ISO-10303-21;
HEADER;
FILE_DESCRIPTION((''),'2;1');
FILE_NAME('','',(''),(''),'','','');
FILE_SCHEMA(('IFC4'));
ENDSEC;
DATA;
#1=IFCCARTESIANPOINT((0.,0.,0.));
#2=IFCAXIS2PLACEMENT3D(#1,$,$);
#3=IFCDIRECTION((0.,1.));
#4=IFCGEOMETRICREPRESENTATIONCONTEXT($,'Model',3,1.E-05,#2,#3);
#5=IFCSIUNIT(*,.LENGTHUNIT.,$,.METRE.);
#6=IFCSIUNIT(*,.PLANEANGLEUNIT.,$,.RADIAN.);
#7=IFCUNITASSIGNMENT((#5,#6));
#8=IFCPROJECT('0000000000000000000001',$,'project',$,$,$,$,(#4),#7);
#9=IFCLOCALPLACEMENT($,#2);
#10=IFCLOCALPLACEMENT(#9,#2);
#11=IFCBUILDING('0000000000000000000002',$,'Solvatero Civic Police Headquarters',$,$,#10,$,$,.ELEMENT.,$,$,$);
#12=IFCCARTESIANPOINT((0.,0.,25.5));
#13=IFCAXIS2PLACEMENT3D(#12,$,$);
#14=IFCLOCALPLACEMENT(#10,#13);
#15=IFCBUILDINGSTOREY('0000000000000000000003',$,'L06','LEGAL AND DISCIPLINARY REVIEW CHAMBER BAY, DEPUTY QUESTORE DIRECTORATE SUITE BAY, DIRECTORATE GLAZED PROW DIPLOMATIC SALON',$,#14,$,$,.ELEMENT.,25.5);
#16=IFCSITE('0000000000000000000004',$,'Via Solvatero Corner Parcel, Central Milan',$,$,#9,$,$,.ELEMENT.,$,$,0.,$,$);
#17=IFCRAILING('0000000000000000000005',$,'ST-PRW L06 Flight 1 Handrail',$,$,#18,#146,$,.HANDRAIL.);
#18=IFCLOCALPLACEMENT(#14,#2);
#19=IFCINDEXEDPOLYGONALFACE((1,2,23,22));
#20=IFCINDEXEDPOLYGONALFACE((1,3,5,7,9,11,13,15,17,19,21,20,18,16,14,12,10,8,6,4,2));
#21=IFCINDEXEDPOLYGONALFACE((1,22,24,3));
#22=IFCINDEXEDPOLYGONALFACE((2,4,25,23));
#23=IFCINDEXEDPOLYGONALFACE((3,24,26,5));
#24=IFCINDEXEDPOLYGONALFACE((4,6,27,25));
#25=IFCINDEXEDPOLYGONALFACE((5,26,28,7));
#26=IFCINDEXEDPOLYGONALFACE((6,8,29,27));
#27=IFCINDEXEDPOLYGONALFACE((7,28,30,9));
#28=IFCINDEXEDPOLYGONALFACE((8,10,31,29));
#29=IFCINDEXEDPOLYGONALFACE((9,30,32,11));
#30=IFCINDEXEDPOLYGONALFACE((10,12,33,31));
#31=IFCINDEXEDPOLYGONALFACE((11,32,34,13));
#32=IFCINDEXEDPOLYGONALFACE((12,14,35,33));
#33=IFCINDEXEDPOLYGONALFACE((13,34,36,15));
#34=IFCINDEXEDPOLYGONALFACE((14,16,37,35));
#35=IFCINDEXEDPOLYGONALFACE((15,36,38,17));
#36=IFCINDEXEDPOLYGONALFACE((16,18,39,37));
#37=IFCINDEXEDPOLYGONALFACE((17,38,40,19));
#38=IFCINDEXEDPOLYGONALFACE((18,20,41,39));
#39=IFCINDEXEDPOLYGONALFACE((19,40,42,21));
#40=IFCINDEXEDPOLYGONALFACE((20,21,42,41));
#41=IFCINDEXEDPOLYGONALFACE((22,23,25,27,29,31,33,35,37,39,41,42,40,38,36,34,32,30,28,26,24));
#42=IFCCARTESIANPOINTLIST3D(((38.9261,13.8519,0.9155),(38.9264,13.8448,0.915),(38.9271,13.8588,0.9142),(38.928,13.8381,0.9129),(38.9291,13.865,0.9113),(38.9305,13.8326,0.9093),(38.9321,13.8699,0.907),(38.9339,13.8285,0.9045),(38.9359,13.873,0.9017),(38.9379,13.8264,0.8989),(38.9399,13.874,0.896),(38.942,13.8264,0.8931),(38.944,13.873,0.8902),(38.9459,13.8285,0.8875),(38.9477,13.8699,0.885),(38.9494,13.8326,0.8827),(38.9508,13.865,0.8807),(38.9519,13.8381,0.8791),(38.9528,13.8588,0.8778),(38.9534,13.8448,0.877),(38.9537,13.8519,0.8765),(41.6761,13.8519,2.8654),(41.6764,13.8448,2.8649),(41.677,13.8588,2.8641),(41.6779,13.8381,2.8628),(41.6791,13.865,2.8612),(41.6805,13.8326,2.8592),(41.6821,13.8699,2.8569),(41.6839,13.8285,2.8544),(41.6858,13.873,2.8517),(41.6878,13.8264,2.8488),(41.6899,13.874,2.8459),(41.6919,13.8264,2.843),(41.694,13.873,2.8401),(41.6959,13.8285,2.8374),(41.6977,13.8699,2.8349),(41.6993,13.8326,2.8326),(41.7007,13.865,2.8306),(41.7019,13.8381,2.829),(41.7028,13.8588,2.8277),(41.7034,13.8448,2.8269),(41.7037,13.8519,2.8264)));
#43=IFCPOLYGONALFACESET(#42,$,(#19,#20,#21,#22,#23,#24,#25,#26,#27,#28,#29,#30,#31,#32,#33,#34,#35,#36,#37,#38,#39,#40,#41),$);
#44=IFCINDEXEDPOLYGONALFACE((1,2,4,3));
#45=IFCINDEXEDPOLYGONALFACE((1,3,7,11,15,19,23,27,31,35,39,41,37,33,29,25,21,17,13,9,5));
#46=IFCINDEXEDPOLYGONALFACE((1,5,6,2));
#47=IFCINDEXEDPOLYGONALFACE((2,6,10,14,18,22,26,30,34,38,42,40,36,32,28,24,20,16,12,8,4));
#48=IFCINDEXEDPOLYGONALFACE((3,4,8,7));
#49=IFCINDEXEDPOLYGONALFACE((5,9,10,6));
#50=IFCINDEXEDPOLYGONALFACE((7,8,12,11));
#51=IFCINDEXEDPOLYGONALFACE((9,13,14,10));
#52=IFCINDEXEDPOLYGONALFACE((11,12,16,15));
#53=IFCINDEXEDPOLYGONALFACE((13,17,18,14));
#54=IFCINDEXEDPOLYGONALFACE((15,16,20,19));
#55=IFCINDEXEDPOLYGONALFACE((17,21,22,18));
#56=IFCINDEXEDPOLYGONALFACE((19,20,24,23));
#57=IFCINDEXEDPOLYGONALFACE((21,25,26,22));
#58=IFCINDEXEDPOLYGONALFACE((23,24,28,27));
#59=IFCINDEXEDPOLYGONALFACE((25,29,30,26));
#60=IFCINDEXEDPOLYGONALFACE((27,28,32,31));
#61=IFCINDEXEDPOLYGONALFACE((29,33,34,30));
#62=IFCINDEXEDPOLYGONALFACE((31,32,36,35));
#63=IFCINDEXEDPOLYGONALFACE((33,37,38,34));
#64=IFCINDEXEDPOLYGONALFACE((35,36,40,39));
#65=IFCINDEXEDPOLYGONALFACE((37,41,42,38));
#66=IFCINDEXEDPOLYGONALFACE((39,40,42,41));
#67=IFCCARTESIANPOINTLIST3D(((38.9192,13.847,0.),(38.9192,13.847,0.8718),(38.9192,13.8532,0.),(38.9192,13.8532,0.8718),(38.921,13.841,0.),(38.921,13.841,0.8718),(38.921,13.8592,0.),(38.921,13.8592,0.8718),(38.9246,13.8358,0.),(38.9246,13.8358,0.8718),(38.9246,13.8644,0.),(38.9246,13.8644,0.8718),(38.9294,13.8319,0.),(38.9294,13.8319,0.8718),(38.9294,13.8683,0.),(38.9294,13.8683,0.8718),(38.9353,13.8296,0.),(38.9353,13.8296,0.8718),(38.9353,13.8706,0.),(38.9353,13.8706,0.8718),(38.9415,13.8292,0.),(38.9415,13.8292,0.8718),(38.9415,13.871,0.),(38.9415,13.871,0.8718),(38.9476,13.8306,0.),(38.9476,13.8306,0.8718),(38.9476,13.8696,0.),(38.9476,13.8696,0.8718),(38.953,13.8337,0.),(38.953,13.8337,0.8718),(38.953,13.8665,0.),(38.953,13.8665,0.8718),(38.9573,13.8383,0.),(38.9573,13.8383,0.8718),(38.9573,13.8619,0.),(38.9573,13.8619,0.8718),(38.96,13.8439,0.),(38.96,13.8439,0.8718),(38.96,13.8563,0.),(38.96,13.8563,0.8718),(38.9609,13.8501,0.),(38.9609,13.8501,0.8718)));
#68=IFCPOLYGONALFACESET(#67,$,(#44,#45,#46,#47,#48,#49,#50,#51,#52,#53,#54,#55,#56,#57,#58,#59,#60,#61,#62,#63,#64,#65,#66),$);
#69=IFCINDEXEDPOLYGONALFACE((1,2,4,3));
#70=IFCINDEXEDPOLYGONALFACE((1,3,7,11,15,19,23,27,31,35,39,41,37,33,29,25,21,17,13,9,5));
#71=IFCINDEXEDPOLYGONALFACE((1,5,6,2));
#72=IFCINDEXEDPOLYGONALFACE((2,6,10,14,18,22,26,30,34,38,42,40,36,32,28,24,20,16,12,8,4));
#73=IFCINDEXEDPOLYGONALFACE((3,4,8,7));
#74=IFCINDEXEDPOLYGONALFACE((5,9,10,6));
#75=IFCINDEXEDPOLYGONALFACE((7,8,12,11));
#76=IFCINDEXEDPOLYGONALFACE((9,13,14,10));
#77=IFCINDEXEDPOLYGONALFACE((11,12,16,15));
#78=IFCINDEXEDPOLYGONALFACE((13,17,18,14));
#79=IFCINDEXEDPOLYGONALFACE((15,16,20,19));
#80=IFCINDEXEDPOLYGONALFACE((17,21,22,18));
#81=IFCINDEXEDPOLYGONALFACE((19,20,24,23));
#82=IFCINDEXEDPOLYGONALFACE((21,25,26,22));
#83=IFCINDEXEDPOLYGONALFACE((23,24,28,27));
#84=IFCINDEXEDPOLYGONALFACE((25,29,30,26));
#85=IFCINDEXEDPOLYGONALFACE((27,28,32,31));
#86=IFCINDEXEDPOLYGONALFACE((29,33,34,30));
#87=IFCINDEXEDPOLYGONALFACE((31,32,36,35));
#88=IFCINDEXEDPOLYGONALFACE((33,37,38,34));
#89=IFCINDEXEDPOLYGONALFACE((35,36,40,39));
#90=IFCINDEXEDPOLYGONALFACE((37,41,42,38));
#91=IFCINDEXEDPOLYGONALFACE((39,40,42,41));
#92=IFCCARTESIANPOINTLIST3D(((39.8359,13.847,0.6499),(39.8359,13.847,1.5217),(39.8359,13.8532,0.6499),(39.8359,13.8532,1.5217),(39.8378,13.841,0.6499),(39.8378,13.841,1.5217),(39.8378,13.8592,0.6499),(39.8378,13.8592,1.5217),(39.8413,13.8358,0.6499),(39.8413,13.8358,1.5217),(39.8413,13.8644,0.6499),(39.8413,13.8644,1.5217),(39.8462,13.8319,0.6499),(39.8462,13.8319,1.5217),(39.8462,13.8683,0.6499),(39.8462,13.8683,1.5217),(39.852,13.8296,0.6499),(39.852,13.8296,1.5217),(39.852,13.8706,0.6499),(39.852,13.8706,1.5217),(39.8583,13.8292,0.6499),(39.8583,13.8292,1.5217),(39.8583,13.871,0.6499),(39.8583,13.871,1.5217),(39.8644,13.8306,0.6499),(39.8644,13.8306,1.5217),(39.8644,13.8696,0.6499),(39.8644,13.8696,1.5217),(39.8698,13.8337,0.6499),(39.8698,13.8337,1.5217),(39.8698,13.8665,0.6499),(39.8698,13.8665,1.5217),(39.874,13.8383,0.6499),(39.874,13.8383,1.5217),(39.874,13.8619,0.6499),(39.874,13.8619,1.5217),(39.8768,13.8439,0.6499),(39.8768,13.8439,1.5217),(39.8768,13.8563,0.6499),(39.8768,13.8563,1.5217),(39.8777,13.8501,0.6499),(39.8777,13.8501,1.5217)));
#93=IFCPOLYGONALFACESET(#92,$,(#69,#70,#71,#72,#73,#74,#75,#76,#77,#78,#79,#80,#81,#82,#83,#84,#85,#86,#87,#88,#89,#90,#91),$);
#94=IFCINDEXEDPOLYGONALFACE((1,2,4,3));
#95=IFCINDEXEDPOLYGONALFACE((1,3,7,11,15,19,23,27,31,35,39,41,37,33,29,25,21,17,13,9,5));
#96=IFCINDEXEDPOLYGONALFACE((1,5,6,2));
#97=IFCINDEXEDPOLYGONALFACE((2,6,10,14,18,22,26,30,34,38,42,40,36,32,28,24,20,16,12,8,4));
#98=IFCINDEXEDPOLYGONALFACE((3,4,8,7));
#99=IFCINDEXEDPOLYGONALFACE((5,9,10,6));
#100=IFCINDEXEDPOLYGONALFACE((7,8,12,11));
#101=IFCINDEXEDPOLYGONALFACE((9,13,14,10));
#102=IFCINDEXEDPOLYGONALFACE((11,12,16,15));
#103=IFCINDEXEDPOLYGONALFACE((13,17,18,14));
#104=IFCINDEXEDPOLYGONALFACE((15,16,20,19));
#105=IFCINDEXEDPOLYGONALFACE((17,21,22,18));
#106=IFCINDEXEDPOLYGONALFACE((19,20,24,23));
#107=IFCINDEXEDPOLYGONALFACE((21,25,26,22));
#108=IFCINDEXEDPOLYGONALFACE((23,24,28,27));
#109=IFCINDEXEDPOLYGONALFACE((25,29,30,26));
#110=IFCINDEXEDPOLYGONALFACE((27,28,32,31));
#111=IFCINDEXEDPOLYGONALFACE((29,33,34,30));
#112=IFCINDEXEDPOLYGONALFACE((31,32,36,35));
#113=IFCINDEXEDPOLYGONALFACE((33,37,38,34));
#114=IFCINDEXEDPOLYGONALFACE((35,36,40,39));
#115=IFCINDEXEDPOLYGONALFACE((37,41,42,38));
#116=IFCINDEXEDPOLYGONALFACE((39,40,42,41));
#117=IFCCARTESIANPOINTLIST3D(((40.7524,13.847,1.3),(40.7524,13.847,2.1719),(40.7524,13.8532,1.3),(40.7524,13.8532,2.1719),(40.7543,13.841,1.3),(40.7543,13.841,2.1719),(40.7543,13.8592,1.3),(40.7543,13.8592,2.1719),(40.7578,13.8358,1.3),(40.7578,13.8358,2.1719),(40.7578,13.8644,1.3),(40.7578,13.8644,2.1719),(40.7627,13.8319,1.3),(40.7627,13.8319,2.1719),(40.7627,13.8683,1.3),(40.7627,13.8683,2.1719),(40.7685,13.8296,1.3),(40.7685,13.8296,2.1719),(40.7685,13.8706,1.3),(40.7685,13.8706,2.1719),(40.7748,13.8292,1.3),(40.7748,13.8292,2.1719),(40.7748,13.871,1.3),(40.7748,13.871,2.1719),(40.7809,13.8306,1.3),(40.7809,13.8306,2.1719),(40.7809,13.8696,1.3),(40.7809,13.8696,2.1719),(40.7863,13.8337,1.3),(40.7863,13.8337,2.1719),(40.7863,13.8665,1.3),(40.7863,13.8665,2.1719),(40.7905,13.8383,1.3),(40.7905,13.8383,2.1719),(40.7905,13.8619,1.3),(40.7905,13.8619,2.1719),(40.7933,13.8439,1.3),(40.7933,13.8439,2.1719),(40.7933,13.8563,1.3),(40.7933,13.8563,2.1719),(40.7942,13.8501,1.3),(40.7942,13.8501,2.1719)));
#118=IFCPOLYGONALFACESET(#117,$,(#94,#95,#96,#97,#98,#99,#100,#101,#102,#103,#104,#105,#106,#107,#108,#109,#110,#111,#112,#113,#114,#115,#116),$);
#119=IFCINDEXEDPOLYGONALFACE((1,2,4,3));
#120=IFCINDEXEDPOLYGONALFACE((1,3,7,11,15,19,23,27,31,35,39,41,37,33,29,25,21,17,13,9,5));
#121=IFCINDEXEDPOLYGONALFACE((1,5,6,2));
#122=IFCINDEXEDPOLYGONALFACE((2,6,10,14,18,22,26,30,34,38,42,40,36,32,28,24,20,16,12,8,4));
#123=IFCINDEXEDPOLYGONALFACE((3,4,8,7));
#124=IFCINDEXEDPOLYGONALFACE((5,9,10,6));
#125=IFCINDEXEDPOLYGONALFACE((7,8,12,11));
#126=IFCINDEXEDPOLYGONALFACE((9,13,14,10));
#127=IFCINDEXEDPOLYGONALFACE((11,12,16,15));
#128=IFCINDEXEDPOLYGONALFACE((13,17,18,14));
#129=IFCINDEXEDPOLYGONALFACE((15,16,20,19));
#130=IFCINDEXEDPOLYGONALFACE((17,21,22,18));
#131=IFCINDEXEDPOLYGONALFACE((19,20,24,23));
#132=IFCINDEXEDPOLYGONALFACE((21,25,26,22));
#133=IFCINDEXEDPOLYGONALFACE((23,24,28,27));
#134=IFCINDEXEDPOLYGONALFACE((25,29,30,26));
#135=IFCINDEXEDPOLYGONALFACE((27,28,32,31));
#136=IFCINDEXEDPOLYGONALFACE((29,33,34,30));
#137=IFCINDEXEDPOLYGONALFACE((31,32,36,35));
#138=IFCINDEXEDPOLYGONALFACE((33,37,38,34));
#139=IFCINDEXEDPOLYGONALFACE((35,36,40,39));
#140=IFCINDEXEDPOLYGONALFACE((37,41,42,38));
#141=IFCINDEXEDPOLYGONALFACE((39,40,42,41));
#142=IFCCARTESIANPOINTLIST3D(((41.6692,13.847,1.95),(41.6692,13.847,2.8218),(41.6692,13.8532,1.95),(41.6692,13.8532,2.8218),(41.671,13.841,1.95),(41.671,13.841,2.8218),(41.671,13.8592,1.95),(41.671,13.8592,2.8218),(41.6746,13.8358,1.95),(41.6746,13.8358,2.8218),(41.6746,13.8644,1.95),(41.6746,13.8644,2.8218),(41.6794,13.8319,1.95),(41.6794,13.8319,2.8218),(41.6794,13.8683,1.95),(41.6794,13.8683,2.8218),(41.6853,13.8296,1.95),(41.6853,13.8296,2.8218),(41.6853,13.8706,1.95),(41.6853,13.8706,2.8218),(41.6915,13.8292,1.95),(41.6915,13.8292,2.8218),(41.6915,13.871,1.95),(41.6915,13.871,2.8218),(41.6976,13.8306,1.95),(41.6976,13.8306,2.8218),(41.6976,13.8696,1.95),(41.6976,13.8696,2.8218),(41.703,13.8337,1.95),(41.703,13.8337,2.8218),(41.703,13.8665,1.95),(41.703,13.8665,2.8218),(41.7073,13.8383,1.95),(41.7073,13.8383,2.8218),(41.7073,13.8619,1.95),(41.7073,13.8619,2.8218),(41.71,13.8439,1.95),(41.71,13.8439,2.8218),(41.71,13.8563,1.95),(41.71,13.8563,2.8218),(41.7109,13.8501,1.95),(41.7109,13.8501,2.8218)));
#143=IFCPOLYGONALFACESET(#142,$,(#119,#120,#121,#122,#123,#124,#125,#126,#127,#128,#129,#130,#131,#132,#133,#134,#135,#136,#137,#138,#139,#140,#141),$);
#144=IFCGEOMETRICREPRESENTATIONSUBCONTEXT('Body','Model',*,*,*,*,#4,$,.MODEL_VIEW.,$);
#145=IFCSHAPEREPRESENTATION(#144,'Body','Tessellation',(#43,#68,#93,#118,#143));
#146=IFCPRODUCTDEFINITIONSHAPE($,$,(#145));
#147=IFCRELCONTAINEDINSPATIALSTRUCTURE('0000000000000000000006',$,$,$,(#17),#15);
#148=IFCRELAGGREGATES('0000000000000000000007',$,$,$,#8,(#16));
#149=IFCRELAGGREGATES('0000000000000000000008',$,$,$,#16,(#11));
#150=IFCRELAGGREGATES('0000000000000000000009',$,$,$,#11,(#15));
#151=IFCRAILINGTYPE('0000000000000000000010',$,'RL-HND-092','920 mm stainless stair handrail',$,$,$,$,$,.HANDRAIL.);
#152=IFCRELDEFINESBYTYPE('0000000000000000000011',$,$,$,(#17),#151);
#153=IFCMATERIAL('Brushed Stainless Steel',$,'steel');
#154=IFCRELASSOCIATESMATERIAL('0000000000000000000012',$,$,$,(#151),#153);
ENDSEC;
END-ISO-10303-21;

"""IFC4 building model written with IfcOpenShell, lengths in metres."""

from ifc_helpers import new_model, si_unit, direction, frame, origin, origin_2d, place, context, subcontext, project, spatial, circle, extrude, material, type_object, element, save


model = new_model("IFC4")

# Units and contexts
model_context = context("Model", 3, precision=1e-05, world=origin(), true_north=direction((0.0, 1.0)))
body_context = subcontext(model_context, "Body", "Model", "MODEL_VIEW")
ifc_project = project(units=[si_unit("LENGTHUNIT", "METRE"), si_unit("PLANEANGLEUNIT", "RADIAN")], contexts=[model_context])

# Site, building, storey
site_placement = place(None, origin())
site = spatial("IfcSite", under=ifc_project, at=site_placement, Name="Via Solvatero Corner Parcel, Central Milan", CompositionType="ELEMENT", RefElevation=0.0)
building_placement = place(site_placement, origin())
building = spatial("IfcBuilding", under=site, at=building_placement, Name="Solvatero Civic Police Headquarters", CompositionType="ELEMENT")
storey_placement = place(building_placement, frame((0.0, 0.0, 25.5)))
storey = spatial("IfcBuildingStorey", under=building, at=storey_placement, Name="L06", Description="LEGAL AND DISCIPLINARY REVIEW CHAMBER BAY, DEPUTY QUESTORE DIRECTORATE SUITE BAY, DIRECTORATE GLAZED PROW DIPLOMATIC SALON", CompositionType="ELEMENT", Elevation=25.5)

# Railing
ifc_material_1 = material(Name="Brushed Stainless Steel", Category="steel")
railing_type_1 = type_object("IfcRailingType", Name="RL-HND-092", Description="920 mm stainless stair handrail", PredefinedType="HANDRAIL", material=ifc_material_1)
railing_1_placement = place(storey_placement, frame((38.9399, 13.8501, 0.0)))
element("IfcRailing", 1, at=railing_1_placement, inside=storey, type_object=railing_type_1, Name="ST-PRW L06 Flight 1 Handrail", PredefinedType="HANDRAIL", context=body_context, shape_type="SweptSolid", body=[
    extrude(circle(Radius=0.0239, at=origin_2d()), frame((0.0, 0.0, 0.896), z_axis=(0.81574, 0.0, 0.578419), x_axis=(0.0, 1.0, 0.0)), (0.0, 0.0, 1.0), 3.3711),
    extrude(circle(Radius=0.021, at=origin_2d()), origin(), (0.0, 0.0, 1.0), 0.8718),
    extrude(circle(Radius=0.021, at=origin_2d()), frame((0.9167, 0.0, 0.6499)), (0.0, 0.0, 1.0), 0.8718),
    extrude(circle(Radius=0.021, at=origin_2d()), frame((1.8333, 0.0, 1.3)), (0.0, 0.0, 1.0), 0.8718),
    extrude(circle(Radius=0.021, at=origin_2d()), frame((2.75, 0.0, 1.95)), (0.0, 0.0, 1.0), 0.8718),
])

save(model, "model.ifc")
